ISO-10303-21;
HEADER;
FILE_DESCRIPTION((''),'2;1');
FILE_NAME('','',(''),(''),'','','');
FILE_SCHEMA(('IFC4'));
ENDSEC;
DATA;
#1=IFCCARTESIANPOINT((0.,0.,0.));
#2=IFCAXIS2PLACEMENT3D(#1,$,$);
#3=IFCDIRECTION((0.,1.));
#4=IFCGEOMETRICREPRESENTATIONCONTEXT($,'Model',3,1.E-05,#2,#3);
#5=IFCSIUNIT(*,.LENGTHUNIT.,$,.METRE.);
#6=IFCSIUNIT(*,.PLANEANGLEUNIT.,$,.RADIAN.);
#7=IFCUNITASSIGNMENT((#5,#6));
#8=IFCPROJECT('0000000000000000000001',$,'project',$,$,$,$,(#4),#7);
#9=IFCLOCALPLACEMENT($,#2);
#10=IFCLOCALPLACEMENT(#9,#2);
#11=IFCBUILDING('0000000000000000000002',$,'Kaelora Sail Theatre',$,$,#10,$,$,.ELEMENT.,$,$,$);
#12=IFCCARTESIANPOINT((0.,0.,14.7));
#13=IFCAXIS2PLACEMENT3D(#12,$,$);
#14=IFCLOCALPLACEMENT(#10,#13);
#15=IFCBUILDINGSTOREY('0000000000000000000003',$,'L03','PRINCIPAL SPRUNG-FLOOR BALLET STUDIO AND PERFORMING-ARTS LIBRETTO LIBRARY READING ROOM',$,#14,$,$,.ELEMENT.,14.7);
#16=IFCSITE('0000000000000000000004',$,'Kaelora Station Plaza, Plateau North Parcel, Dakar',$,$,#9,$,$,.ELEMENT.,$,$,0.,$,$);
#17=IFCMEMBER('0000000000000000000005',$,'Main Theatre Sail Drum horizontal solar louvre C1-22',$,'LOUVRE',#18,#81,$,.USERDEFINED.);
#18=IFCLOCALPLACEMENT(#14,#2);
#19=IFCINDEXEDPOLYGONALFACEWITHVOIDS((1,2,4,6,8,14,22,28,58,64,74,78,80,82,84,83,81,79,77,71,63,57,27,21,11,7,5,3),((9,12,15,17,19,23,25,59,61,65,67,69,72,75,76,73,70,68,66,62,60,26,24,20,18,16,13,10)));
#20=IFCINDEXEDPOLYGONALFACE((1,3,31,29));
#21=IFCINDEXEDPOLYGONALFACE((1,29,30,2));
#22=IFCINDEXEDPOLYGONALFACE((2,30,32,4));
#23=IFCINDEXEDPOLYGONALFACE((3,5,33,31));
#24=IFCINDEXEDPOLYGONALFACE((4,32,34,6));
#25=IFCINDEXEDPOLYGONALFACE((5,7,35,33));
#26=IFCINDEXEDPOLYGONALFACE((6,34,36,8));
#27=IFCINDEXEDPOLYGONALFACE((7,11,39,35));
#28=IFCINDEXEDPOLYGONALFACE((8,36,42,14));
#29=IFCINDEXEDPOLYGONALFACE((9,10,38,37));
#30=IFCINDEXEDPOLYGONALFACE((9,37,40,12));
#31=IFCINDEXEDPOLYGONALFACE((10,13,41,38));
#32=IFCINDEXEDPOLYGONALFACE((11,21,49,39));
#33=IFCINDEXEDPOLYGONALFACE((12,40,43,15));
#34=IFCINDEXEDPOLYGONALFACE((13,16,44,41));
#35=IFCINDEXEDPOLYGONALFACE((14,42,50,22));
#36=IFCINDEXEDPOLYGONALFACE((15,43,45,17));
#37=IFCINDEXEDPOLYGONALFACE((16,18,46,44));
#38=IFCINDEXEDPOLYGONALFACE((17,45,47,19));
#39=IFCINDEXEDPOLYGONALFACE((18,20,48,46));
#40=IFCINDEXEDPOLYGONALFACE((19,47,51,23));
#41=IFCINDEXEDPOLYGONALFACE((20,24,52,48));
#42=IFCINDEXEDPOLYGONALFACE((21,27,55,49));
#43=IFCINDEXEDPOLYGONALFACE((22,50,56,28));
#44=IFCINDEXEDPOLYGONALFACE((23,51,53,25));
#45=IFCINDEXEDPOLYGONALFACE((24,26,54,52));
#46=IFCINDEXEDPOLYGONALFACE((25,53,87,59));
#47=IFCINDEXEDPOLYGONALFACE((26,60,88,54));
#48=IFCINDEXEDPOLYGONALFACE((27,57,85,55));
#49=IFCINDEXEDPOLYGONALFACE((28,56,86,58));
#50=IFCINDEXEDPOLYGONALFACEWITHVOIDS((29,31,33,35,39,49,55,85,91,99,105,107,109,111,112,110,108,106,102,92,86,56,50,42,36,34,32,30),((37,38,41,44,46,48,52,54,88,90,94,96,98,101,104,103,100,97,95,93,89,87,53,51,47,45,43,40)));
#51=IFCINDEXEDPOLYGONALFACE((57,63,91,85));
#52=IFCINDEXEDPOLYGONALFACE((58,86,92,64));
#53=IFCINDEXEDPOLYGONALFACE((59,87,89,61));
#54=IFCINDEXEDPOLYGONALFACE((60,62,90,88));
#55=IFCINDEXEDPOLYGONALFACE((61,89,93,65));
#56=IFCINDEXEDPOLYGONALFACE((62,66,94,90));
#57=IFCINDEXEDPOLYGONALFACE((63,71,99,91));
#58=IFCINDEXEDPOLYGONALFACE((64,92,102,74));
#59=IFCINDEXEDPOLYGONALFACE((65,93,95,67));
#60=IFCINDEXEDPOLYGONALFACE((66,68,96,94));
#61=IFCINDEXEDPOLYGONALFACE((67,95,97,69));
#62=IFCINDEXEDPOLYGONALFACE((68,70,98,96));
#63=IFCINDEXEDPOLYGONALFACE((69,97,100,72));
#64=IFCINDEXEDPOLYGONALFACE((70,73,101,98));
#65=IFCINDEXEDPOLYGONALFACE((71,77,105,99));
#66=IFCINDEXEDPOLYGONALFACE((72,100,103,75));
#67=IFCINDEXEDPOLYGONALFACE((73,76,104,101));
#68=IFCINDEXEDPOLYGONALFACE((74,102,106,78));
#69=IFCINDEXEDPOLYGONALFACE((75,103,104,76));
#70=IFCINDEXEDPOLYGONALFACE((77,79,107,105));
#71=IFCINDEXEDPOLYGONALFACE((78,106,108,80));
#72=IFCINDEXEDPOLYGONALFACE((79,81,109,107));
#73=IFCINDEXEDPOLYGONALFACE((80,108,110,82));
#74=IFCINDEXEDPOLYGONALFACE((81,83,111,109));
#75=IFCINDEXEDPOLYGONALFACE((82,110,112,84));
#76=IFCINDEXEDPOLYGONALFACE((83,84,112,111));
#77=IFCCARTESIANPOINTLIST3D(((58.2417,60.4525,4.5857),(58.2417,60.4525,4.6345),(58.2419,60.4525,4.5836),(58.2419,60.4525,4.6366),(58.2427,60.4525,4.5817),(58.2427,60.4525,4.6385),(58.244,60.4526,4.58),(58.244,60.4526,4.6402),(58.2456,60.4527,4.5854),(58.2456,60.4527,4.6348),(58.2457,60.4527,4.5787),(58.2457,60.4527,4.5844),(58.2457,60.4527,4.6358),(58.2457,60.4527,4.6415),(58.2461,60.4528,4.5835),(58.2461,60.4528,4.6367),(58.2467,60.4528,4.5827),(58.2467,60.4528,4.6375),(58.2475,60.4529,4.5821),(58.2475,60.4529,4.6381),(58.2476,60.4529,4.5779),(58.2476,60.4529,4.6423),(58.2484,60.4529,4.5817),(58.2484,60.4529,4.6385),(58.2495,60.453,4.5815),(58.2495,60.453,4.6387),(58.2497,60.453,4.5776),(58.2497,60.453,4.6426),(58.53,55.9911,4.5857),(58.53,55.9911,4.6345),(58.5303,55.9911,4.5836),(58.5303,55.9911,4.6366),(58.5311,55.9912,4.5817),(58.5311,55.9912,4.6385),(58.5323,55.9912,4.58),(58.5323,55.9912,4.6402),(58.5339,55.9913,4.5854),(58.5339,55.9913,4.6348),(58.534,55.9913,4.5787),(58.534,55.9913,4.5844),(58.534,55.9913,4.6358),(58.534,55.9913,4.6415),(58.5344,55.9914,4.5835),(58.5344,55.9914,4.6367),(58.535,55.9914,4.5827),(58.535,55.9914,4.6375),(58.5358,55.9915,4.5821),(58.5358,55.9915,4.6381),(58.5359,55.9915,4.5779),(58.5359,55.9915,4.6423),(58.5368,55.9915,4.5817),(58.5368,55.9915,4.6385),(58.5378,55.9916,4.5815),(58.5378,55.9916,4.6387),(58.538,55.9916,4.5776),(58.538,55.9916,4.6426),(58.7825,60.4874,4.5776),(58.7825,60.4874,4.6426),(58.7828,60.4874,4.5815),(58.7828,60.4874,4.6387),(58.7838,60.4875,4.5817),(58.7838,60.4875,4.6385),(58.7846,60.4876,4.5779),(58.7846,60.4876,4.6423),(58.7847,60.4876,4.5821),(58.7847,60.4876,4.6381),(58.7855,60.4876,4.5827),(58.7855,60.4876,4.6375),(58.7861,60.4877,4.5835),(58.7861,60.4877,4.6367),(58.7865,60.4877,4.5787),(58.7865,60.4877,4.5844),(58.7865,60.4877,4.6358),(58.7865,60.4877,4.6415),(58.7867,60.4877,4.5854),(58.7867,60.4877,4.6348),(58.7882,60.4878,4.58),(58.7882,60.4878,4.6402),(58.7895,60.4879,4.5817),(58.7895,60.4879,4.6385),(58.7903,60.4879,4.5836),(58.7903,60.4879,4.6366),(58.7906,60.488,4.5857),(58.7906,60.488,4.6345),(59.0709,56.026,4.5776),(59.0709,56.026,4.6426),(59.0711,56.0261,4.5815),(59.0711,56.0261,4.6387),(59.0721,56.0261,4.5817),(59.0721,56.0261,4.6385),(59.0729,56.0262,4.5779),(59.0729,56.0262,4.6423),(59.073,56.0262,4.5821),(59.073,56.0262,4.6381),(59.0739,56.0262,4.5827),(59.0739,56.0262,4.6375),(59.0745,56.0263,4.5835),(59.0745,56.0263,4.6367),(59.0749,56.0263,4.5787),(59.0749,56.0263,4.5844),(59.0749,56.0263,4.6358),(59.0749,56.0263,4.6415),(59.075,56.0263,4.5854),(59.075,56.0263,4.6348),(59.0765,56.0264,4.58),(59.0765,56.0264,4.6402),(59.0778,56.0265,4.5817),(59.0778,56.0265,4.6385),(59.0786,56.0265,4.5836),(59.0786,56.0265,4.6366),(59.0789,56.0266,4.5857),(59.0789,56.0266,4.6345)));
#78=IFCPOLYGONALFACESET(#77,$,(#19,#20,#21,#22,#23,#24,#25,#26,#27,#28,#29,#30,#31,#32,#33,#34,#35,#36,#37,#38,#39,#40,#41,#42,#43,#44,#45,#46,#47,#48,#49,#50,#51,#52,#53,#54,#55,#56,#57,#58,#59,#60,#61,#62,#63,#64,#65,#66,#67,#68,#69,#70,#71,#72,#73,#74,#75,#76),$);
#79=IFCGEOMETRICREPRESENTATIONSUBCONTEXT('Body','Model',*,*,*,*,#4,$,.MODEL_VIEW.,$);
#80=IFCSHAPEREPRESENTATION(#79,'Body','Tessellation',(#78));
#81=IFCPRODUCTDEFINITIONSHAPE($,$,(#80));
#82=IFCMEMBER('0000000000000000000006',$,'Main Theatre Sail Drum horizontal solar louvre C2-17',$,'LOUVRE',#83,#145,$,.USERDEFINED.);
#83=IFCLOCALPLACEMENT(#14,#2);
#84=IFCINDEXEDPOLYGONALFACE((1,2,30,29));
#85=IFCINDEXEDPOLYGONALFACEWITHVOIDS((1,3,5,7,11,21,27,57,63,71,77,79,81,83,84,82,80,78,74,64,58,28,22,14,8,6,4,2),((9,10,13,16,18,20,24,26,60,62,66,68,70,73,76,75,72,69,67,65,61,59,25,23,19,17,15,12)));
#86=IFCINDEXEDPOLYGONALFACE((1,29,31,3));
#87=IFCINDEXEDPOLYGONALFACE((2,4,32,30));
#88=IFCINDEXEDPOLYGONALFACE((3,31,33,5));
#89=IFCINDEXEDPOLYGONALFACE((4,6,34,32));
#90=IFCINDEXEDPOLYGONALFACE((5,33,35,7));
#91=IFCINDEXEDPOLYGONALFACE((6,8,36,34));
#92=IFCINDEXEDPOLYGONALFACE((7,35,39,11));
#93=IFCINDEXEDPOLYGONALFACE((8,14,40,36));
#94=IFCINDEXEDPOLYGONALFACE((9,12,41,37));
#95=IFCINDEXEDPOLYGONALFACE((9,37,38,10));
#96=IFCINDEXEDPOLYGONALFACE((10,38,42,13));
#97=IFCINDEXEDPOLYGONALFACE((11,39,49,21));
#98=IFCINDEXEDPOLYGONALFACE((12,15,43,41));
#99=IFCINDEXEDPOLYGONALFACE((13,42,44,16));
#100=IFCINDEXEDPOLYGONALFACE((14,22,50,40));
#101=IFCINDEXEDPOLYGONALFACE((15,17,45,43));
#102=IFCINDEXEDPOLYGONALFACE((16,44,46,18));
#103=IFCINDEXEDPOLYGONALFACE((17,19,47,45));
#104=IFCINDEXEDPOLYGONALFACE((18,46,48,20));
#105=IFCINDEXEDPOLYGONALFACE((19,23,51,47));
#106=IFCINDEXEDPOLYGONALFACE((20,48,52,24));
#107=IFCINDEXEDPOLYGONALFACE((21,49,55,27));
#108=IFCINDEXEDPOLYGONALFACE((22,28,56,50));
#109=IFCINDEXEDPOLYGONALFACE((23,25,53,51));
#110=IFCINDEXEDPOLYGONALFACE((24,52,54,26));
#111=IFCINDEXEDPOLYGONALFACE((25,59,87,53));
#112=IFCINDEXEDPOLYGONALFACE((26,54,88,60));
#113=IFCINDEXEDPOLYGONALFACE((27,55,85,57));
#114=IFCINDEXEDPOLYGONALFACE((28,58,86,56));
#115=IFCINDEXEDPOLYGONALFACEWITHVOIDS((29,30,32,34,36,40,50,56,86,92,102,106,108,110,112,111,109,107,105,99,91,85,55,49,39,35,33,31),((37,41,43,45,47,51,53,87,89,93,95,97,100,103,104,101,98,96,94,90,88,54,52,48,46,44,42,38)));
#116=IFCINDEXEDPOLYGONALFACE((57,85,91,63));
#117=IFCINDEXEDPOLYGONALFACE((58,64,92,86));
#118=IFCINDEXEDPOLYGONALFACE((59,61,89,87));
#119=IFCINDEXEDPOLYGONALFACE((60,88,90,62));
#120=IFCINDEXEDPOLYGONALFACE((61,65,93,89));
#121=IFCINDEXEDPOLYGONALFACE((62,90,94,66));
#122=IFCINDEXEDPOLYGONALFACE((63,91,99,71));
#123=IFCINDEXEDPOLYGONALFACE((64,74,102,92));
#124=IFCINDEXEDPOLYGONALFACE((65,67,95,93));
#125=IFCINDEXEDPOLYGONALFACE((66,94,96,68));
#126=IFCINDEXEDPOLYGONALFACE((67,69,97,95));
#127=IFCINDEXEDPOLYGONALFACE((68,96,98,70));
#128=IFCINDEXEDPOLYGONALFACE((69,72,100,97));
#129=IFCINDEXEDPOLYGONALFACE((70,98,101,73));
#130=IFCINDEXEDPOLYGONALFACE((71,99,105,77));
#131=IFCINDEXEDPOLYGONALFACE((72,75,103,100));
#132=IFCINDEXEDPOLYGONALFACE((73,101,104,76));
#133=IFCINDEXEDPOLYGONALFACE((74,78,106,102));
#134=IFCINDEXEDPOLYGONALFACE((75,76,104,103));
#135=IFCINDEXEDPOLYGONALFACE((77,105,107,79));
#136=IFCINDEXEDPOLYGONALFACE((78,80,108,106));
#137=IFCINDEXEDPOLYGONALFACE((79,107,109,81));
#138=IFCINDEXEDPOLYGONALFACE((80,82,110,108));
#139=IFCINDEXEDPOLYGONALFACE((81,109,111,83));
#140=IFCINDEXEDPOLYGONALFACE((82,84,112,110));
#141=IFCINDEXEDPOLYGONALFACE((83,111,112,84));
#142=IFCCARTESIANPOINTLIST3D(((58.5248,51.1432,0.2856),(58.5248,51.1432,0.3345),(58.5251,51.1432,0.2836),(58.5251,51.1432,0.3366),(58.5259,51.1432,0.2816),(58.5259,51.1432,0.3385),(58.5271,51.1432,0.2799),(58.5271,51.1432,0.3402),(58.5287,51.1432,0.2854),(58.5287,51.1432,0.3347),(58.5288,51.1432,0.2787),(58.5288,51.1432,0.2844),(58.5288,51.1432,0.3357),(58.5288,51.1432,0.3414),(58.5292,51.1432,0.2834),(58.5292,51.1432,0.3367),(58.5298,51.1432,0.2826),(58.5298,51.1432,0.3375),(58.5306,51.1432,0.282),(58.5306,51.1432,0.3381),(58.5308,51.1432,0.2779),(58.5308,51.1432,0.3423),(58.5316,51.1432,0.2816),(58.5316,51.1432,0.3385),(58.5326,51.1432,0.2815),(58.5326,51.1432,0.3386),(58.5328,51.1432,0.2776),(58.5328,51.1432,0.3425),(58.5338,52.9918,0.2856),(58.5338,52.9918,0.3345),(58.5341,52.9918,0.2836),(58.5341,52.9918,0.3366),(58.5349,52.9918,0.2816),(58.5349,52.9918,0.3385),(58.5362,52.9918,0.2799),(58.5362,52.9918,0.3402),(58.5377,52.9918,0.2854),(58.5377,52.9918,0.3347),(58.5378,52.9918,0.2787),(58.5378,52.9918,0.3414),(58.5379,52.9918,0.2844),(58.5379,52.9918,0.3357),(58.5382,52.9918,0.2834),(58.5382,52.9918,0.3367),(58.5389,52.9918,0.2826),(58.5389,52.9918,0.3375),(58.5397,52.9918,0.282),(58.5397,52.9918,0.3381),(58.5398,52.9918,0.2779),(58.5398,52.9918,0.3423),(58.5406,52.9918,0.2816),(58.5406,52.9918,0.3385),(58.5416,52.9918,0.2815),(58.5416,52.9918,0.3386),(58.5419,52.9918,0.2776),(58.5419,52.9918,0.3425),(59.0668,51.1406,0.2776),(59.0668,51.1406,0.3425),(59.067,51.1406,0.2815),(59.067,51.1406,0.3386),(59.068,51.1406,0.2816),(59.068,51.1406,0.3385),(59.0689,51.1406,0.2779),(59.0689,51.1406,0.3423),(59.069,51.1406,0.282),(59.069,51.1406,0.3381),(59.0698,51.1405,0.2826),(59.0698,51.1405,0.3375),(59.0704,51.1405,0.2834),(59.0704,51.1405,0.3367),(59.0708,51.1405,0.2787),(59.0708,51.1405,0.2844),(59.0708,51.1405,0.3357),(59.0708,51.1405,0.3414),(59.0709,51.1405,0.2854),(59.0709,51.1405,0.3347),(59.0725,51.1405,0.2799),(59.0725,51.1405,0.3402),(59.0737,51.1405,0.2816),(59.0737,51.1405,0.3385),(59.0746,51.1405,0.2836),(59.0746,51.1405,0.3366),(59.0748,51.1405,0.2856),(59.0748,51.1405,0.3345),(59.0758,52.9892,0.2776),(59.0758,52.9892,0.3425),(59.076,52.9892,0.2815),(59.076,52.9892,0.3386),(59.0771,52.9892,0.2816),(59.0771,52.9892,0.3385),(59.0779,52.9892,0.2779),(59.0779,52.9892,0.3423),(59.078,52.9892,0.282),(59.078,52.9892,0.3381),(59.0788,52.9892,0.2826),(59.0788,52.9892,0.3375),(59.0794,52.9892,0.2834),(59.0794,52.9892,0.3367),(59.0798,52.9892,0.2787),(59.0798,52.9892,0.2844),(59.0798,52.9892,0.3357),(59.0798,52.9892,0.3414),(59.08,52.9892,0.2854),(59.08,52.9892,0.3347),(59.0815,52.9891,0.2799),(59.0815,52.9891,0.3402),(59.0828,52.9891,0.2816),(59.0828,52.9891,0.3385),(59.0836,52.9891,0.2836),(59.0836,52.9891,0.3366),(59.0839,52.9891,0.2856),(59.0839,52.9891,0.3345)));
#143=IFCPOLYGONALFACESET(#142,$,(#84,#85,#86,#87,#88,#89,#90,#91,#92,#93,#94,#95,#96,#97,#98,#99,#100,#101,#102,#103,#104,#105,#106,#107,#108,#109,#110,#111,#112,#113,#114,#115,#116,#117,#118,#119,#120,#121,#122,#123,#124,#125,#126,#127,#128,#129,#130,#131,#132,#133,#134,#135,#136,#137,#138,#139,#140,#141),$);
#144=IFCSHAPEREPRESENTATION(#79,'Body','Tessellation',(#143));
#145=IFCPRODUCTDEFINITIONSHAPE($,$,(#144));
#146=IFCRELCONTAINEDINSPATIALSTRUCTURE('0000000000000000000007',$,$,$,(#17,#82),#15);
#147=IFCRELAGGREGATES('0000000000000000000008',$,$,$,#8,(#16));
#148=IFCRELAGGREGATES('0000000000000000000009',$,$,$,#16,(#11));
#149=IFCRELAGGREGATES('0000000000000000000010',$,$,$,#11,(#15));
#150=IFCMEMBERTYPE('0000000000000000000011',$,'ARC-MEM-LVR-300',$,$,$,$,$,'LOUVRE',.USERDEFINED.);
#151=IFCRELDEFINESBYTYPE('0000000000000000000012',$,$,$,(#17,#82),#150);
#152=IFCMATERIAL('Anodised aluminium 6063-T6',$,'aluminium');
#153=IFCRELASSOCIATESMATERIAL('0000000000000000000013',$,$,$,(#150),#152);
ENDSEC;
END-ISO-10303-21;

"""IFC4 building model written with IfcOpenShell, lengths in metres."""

from ifc_helpers import new_model, si_unit, direction, frame, origin, origin_2d, place, context, subcontext, project, spatial, hollow_rectangle, extrude, material, material_profile, profile_set, type_object, element, save


model = new_model("IFC4")

# Units and contexts
model_context = context("Model", 3, precision=1e-05, world=origin(), true_north=direction((0.0, 1.0)))
body_context = subcontext(model_context, "Body", "Model", "MODEL_VIEW")
ifc_project = project(units=[si_unit("LENGTHUNIT", "METRE"), si_unit("PLANEANGLEUNIT", "RADIAN")], contexts=[model_context])

# Site, building, storey
site_placement = place(None, origin())
site = spatial("IfcSite", under=ifc_project, at=site_placement, Name="Kaelora Station Plaza, Plateau North Parcel, Dakar", CompositionType="ELEMENT", RefElevation=0.0)
building_placement = place(site_placement, origin())
building = spatial("IfcBuilding", under=site, at=building_placement, Name="Kaelora Sail Theatre", CompositionType="ELEMENT")
storey_placement = place(building_placement, frame((0.0, 0.0, 14.7)))
storey = spatial("IfcBuildingStorey", under=building, at=storey_placement, Name="L03", Description="PRINCIPAL SPRUNG-FLOOR BALLET STUDIO AND PERFORMING-ARTS LIBRETTO LIBRARY READING ROOM", CompositionType="ELEMENT", Elevation=14.7)

# Members
ifc_material_1 = material(Name="Anodised aluminium 6063-T6", Category="aluminium")
ifc_material_profile_1 = material_profile(ifc_material_1, hollow_rectangle(XDim=0.55, YDim=0.0649, WallThickness=0.0039, InnerFilletRadius=0.0039, OuterFilletRadius=0.0081, at=origin_2d()), Name="LOUVRE 550x65x4")
ifc_profile_set_1 = profile_set([ifc_material_profile_1], Name="Anodised aluminium 6063-T6")
member_type = type_object("IfcMemberType", Name="ARC-MEM-LVR-300", ElementType="LOUVRE", PredefinedType="USERDEFINED", material=ifc_profile_set_1)
for number, where, z_axis, x_axis, name in (
    (1, (58.5161, 60.4702, 4.6101), (0.064493, -0.997918, 0.0), (0.997918, 0.064493, 0.0), "Main Theatre Sail Drum horizontal solar louvre C1-22"),
):
    element("IfcMember", number, at=place(storey_placement, frame(where, z_axis=z_axis, x_axis=x_axis)), inside=storey, type_object=member_type, Name=name, ObjectType="LOUVRE", PredefinedType="USERDEFINED", context=body_context, shape_type="SweptSolid", body=[
        extrude(hollow_rectangle(XDim=0.55, YDim=0.0649, WallThickness=0.0039, InnerFilletRadius=0.0039, OuterFilletRadius=0.0081, at=origin_2d()), origin(), (0.0, 0.0, 1.0), 4.4707),
    ])
for number, where, z_axis, x_axis, name in (
    (2, (58.8088, 52.9905, 0.3101), (-0.004886, -0.999988, 0.0), (0.999988, -0.004886, 0.0), "Main Theatre Sail Drum horizontal solar louvre C2-17"),
):
    element("IfcMember", number, at=place(storey_placement, frame(where, z_axis=z_axis, x_axis=x_axis)), inside=storey, type_object=member_type, Name=name, ObjectType="LOUVRE", PredefinedType="USERDEFINED", context=body_context, shape_type="SweptSolid", body=[
        extrude(hollow_rectangle(XDim=0.55, YDim=0.0649, WallThickness=0.0039, InnerFilletRadius=0.0039, OuterFilletRadius=0.0081, at=origin_2d()), origin(), (0.0, 0.0, 1.0), 1.8486),
    ])

save(model, "model.ifc")
